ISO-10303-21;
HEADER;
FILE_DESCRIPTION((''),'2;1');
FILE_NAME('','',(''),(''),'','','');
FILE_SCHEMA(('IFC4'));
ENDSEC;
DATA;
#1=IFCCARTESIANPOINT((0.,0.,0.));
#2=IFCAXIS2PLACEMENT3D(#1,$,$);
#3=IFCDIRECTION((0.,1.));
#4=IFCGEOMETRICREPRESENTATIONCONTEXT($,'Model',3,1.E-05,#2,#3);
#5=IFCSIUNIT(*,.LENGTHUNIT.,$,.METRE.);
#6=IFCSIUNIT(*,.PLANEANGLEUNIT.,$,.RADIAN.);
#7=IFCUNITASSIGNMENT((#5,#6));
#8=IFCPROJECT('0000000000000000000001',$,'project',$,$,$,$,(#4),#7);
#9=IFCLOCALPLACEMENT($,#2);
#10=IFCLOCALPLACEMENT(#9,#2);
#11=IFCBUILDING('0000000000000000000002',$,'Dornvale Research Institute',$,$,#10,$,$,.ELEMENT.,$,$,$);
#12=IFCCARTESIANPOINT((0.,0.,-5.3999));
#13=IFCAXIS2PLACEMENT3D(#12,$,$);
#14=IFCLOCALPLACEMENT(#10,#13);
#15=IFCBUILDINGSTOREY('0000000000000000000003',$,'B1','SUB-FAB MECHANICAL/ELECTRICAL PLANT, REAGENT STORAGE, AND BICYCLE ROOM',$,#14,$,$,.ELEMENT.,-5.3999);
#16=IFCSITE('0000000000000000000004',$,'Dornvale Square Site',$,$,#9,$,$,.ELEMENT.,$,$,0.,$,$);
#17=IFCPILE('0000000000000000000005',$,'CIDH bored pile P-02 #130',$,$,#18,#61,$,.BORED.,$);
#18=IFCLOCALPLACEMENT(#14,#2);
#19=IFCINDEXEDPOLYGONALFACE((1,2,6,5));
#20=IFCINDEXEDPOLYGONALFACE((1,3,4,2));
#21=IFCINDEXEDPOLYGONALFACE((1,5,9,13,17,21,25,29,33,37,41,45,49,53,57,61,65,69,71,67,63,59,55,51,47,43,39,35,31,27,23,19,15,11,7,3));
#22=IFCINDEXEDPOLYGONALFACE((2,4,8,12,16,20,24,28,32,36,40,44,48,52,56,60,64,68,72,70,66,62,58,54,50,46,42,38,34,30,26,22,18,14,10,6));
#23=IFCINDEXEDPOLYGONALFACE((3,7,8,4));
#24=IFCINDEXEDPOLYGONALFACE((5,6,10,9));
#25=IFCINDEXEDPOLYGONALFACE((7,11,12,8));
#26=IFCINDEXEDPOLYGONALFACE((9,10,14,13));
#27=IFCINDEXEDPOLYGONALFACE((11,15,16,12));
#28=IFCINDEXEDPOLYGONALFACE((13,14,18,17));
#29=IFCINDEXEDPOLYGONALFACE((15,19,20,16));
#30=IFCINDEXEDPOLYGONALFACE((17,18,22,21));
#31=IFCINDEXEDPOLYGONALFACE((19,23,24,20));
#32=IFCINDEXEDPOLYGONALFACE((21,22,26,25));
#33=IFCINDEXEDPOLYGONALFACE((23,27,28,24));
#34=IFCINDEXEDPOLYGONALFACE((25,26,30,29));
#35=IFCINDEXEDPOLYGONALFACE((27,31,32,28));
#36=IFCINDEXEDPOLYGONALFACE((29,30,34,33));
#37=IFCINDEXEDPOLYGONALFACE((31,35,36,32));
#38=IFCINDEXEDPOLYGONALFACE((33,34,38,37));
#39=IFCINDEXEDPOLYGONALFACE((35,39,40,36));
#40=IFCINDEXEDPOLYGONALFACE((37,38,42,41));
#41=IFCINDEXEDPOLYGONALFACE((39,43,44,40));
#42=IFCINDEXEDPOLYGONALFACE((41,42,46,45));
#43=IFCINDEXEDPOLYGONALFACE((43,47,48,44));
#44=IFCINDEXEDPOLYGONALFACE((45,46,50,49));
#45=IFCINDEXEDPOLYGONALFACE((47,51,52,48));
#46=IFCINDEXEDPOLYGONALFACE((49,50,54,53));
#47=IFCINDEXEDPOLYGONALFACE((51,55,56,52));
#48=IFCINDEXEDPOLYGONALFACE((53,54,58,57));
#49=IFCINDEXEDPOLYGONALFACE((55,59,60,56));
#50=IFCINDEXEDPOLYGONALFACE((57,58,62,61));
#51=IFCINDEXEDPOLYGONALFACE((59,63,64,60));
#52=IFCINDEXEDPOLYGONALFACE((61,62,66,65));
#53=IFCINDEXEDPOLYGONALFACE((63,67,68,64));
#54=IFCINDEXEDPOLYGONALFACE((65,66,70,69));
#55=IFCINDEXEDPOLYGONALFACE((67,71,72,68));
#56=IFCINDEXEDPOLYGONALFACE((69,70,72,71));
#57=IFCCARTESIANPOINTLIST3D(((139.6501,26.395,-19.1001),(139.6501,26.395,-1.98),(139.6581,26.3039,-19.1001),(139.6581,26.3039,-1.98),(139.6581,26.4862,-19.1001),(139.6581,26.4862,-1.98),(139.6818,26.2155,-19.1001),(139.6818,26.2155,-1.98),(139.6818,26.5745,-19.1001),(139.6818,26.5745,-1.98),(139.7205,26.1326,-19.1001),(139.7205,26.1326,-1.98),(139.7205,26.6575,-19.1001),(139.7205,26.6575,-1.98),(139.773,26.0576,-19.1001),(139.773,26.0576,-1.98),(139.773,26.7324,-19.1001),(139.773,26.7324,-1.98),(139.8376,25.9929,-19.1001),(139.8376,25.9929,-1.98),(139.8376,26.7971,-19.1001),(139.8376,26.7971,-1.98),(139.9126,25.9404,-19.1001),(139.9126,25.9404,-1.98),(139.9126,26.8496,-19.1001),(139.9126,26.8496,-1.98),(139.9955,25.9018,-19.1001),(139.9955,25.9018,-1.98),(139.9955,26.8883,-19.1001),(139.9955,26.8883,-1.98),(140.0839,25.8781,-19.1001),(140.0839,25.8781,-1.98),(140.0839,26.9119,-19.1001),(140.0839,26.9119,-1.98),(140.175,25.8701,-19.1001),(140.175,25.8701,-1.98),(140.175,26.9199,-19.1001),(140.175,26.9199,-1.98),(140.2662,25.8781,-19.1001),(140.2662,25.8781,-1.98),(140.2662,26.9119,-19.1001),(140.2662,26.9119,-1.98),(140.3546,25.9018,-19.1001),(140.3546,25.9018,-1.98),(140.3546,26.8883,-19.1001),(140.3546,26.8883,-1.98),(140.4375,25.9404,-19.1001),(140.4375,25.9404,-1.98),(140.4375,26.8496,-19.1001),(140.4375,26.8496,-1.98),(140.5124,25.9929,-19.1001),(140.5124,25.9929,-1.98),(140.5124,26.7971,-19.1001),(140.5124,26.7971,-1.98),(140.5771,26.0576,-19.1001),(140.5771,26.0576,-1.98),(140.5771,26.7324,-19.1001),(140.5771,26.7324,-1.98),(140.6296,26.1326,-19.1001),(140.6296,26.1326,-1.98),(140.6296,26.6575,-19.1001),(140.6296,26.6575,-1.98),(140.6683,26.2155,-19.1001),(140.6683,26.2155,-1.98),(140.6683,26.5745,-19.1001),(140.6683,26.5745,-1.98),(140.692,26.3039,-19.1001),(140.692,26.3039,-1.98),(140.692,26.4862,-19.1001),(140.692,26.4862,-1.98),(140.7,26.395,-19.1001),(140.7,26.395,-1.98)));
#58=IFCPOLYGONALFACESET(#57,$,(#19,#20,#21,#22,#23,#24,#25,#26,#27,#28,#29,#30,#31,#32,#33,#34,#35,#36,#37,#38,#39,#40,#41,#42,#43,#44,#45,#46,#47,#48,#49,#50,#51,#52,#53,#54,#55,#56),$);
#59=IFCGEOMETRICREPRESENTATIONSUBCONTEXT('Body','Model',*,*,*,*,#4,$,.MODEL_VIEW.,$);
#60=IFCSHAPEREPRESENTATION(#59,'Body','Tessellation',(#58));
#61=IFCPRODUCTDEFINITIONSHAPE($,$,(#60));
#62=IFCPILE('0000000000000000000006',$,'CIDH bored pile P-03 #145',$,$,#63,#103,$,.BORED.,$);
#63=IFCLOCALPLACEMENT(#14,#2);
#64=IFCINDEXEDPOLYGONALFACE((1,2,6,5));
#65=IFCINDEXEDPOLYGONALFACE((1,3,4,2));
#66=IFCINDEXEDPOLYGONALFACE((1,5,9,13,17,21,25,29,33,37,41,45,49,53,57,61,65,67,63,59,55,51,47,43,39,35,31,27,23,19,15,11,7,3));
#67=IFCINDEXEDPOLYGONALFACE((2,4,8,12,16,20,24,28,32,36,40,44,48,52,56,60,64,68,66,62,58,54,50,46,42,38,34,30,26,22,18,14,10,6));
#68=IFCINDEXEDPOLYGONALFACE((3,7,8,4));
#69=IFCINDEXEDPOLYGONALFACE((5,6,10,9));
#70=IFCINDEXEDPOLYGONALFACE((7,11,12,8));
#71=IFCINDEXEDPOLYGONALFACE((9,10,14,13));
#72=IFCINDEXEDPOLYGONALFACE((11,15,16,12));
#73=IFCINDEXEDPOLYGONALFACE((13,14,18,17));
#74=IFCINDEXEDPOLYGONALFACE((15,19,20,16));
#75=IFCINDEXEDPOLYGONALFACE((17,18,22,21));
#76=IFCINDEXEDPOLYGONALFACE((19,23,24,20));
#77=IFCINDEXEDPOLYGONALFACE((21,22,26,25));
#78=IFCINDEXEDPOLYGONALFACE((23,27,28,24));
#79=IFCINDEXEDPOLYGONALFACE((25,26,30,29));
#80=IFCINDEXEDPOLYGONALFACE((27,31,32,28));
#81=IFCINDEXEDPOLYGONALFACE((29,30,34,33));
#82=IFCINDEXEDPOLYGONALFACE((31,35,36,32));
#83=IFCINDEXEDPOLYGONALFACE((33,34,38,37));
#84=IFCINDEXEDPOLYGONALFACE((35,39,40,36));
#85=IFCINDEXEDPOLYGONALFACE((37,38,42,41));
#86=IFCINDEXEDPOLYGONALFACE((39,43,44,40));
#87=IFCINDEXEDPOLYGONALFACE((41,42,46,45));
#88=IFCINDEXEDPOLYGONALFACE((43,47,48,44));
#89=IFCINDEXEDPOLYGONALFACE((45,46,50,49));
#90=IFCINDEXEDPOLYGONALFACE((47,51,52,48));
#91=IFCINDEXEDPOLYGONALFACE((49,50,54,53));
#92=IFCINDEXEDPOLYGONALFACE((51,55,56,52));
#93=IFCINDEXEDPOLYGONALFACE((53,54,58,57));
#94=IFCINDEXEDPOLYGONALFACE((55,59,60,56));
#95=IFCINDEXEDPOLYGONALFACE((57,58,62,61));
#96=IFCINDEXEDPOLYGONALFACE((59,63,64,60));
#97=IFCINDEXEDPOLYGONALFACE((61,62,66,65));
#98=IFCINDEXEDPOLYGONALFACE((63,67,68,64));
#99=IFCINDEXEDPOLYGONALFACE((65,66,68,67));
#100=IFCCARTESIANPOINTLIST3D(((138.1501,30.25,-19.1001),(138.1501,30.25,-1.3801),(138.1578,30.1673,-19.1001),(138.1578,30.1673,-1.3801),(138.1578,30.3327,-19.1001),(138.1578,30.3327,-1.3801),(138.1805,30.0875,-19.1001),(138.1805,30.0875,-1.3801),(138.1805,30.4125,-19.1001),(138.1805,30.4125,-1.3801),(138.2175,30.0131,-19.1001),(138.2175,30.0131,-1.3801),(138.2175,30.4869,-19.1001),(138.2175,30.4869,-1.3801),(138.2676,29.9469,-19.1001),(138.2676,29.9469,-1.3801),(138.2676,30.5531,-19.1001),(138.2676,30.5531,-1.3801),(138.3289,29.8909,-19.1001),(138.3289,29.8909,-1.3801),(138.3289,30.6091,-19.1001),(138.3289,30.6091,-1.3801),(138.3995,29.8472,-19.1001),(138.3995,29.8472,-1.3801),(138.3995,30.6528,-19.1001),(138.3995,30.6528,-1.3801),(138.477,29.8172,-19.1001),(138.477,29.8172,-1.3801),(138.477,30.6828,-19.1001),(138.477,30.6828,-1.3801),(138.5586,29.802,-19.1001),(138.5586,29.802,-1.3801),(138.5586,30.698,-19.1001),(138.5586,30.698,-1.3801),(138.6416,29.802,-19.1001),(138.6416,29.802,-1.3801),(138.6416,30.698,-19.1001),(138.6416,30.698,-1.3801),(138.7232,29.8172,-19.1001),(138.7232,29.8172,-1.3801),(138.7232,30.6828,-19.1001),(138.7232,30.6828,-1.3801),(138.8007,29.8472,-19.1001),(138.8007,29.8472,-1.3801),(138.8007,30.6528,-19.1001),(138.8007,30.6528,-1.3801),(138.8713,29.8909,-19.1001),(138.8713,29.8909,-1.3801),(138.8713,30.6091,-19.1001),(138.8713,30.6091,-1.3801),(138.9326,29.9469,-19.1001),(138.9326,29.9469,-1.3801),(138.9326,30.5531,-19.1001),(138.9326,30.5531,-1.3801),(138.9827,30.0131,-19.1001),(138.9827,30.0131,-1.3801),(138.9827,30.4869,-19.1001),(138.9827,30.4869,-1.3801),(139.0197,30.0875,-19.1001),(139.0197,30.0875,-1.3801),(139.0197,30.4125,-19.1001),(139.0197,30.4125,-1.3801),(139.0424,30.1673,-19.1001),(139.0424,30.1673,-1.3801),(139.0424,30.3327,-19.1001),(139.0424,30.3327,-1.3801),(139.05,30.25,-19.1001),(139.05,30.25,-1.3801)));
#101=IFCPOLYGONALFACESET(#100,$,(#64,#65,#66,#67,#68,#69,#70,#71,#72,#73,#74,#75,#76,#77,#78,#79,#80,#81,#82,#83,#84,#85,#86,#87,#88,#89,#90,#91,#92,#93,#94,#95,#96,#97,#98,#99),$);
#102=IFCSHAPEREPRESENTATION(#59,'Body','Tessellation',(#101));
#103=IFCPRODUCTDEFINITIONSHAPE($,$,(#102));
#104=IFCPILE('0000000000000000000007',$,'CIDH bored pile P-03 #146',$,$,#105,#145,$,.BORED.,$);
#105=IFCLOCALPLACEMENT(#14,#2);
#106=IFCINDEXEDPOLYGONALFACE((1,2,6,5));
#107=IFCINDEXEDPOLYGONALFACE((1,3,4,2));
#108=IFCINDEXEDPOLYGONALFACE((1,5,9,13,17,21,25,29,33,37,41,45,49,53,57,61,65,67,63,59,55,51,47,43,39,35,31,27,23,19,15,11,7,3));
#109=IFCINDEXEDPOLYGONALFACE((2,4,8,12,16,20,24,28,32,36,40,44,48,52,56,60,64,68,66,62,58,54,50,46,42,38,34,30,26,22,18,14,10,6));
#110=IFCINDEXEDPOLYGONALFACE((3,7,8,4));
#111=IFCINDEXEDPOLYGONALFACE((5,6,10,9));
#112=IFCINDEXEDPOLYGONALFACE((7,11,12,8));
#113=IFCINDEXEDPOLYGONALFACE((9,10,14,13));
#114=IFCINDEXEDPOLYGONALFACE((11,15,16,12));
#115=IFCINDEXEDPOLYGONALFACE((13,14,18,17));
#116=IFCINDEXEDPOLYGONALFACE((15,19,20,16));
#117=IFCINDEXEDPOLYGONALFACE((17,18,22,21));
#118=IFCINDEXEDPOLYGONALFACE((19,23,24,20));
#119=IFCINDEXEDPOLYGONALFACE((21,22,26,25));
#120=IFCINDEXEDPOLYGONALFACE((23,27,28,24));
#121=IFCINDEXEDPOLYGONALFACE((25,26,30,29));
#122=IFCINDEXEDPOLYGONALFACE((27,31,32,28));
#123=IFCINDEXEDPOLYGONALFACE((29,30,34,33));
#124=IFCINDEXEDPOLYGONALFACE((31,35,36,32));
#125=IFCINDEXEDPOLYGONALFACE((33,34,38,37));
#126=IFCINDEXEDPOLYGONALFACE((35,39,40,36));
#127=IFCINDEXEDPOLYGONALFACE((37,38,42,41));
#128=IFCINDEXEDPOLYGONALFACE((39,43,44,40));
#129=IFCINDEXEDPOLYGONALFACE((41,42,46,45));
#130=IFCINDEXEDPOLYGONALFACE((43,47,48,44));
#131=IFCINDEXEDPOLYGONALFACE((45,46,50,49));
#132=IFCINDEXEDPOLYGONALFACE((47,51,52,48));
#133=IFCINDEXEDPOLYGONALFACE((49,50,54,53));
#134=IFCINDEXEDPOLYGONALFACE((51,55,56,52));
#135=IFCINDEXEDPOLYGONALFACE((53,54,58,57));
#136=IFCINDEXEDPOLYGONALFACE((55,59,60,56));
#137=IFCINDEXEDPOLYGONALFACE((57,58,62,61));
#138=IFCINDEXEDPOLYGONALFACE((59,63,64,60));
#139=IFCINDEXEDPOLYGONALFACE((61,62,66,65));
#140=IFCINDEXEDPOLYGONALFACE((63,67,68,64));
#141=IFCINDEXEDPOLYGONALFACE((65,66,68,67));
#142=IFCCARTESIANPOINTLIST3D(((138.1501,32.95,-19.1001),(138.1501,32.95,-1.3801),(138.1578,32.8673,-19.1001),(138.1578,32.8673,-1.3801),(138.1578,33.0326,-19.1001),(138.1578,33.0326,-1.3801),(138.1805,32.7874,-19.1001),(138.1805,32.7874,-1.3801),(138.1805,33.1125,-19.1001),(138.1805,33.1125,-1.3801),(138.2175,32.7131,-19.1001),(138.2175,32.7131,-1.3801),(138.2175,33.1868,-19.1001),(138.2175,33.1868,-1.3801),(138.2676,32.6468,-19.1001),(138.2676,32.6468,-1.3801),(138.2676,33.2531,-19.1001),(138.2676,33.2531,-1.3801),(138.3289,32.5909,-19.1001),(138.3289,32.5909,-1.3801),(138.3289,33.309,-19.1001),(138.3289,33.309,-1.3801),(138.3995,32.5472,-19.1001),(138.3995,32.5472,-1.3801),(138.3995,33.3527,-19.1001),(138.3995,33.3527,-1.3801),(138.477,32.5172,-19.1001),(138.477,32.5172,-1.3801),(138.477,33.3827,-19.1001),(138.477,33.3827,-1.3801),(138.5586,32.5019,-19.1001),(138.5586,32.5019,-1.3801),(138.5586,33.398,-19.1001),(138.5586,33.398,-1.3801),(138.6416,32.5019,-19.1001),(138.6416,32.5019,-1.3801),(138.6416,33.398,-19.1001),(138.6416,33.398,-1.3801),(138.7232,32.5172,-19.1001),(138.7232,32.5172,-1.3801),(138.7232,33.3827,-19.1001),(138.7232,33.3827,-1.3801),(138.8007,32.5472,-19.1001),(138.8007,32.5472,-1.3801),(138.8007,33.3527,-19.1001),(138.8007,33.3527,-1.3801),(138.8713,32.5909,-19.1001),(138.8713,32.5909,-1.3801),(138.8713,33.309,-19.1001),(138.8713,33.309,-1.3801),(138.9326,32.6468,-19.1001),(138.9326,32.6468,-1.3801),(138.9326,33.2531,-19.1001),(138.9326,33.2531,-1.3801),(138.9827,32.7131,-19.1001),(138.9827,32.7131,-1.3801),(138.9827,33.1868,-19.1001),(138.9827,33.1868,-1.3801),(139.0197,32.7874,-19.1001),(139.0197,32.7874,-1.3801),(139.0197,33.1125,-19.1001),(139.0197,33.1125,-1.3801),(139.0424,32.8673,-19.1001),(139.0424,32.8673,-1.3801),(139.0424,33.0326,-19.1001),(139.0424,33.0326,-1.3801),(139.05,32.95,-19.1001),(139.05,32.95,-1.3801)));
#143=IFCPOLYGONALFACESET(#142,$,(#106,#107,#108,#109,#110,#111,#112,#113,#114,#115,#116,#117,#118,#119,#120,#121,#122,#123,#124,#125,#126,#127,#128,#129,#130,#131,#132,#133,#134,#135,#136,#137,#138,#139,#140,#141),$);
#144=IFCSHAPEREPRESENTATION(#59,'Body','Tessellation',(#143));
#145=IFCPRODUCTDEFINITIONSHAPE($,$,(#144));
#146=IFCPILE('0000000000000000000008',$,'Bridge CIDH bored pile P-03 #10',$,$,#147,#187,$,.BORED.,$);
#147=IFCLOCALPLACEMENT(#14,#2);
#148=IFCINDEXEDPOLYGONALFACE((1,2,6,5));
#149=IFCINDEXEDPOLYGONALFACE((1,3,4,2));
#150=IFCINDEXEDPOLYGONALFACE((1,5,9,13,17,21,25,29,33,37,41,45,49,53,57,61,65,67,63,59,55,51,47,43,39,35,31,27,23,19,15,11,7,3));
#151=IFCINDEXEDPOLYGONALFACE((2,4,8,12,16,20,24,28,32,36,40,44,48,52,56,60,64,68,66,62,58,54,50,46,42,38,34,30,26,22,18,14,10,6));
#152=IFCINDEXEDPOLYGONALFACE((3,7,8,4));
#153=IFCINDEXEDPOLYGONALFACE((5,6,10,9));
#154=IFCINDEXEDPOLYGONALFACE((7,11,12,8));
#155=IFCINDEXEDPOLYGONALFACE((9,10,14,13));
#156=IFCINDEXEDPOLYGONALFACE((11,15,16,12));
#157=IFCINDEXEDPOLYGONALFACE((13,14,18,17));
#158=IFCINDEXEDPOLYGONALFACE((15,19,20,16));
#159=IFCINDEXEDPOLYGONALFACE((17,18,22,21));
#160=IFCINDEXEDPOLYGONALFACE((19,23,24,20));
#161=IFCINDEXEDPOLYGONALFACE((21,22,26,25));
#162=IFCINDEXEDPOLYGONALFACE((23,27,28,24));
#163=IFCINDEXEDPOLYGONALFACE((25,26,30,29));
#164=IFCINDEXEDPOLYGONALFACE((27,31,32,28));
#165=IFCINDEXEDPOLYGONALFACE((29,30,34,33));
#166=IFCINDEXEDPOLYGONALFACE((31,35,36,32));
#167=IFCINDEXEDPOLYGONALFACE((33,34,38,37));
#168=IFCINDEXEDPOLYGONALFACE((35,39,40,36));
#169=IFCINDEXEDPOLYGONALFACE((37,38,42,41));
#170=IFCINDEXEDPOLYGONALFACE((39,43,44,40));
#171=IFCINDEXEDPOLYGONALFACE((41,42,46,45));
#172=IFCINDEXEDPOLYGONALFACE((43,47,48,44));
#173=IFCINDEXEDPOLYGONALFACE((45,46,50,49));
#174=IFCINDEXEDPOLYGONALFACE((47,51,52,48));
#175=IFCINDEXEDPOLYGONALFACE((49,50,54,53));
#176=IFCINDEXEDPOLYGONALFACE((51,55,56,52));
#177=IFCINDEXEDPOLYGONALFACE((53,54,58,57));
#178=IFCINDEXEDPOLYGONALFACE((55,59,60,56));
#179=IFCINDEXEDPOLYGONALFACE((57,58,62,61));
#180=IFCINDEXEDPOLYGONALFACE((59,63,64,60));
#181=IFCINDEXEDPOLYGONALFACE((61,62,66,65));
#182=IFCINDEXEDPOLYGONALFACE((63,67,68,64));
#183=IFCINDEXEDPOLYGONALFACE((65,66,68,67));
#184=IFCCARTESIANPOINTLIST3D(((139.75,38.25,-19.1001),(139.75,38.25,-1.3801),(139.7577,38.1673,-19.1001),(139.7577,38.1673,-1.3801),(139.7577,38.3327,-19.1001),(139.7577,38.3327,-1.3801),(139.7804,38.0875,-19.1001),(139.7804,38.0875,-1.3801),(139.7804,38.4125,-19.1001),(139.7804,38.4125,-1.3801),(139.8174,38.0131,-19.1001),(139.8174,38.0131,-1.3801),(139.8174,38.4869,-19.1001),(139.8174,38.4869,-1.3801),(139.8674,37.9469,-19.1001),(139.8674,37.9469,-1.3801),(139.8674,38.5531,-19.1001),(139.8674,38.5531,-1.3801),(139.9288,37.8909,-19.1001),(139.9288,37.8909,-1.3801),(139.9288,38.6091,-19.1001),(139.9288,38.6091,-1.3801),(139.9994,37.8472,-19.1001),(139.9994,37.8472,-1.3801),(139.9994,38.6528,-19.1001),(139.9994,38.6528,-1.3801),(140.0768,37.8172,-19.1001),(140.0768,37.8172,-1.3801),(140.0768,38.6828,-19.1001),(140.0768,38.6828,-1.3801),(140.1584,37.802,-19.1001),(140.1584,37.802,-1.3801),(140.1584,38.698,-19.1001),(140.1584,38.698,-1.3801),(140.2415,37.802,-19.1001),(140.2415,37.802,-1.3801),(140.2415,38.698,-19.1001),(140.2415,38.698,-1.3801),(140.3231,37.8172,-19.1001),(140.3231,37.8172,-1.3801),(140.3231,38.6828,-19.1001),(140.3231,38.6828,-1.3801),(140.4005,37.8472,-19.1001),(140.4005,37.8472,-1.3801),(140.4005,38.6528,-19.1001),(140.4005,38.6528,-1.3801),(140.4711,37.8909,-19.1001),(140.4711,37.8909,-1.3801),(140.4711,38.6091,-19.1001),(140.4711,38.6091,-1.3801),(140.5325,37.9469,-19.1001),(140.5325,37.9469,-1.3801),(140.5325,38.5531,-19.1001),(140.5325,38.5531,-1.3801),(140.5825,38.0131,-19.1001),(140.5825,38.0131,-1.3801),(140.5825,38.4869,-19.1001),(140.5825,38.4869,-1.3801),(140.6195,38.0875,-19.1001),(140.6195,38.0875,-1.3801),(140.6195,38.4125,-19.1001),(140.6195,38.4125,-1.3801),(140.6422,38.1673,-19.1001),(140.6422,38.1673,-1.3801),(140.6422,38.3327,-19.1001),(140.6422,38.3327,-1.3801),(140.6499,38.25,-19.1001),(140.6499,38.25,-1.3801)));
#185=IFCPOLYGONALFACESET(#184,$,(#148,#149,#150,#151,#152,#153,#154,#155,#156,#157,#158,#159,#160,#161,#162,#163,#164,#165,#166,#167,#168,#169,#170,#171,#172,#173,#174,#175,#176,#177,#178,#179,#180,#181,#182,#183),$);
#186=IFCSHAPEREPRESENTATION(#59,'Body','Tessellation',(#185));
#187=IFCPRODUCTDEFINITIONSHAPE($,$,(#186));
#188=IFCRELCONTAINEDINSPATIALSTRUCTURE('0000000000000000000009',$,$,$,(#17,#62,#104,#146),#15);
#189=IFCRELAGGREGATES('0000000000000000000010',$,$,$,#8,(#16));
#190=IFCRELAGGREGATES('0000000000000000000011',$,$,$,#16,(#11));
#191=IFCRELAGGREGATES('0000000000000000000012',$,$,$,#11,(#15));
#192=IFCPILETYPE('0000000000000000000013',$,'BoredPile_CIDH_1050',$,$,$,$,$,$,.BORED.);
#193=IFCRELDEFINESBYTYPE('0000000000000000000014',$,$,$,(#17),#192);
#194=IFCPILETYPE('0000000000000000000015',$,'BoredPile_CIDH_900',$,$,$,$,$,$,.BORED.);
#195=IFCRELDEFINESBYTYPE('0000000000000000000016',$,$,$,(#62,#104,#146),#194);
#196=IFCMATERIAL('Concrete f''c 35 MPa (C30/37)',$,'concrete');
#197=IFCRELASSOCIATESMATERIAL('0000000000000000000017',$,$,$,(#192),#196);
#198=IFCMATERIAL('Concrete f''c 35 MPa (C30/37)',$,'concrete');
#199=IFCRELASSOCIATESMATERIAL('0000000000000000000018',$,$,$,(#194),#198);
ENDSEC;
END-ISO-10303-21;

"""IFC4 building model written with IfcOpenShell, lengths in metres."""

from ifc_helpers import new_model, si_unit, direction, frame, origin, origin_2d, place, context, subcontext, project, spatial, circle, extrude, material, material_profile, profile_set, type_object, element, save


model = new_model("IFC4")

# Units and contexts
model_context = context("Model", 3, precision=1e-05, world=origin(), true_north=direction((0.0, 1.0)))
body_context = subcontext(model_context, "Body", "Model", "MODEL_VIEW")
ifc_project = project(units=[si_unit("LENGTHUNIT", "METRE"), si_unit("PLANEANGLEUNIT", "RADIAN")], contexts=[model_context])

# Site, building, storey
site_placement = place(None, origin())
site = spatial("IfcSite", under=ifc_project, at=site_placement, Name="Dornvale Square Site", CompositionType="ELEMENT", RefElevation=0.0)
building_placement = place(site_placement, origin())
building = spatial("IfcBuilding", under=site, at=building_placement, Name="Dornvale Research Institute", CompositionType="ELEMENT")
storey_placement = place(building_placement, frame((0.0, 0.0, -5.3999)))
storey = spatial("IfcBuildingStorey", under=building, at=storey_placement, Name="B1", Description="SUB-FAB MECHANICAL/ELECTRICAL PLANT, REAGENT STORAGE, AND BICYCLE ROOM", CompositionType="ELEMENT", Elevation=-5.3999)

# Piles
ifc_material_1 = material(Name="Concrete f'c 35 MPa (C30/37)", Category="concrete")
ifc_material_profile_1 = material_profile(ifc_material_1, circle(Radius=0.5249, at=origin_2d()), Name="CIDH PILE D1050")
ifc_profile_set_1 = profile_set([ifc_material_profile_1], Name="Concrete f'c 35 MPa (C30/37)")
pile_type_1 = type_object("IfcPileType", Name="BoredPile_CIDH_1050", PredefinedType="BORED", material=ifc_profile_set_1)
for number, where, z_axis, x_axis, name in (
    (1, (140.175, 26.395, -1.98), (0.0, 0.0, -1.0), (1.0, 0.0, 0.0), "CIDH bored pile P-02 #130"),
):
    element("IfcPile", number, at=place(storey_placement, frame(where, z_axis=z_axis, x_axis=x_axis)), inside=storey, type_object=pile_type_1, Name=name, PredefinedType="BORED", context=body_context, shape_type="SweptSolid", body=[
        extrude(circle(Radius=0.5249, at=origin_2d()), origin(), (0.0, 0.0, 1.0), 17.1201),
    ])
ifc_material_2 = material(Name="Concrete f'c 35 MPa (C30/37)", Category="concrete")
ifc_material_profile_2 = material_profile(ifc_material_2, circle(Radius=0.45, at=origin_2d()), Name="CIDH PILE D900")
ifc_profile_set_2 = profile_set([ifc_material_profile_2], Name="Concrete f'c 35 MPa (C30/37)")
pile_type_2 = type_object("IfcPileType", Name="BoredPile_CIDH_900", PredefinedType="BORED", material=ifc_profile_set_2)
for number, where, z_axis, x_axis, name in (
    (2, (138.6001, 30.25, -1.3801), (0.0, 0.0, -1.0), (1.0, 0.0, 0.0), "CIDH bored pile P-03 #145"),
    (3, (138.6001, 32.95, -1.3801), (0.0, 0.0, -1.0), (1.0, 0.0, 0.0), "CIDH bored pile P-03 #146"),
    (4, (140.2, 38.25, -1.3801), (0.0, 0.0, -1.0), (1.0, 0.0, 0.0), "Bridge CIDH bored pile P-03 #10"),
):
    element("IfcPile", number, at=place(storey_placement, frame(where, z_axis=z_axis, x_axis=x_axis)), inside=storey, type_object=pile_type_2, Name=name, PredefinedType="BORED", context=body_context, shape_type="SweptSolid", body=[
        extrude(circle(Radius=0.45, at=origin_2d()), origin(), (0.0, 0.0, 1.0), 17.72),
    ])

save(model, "model.ifc")
